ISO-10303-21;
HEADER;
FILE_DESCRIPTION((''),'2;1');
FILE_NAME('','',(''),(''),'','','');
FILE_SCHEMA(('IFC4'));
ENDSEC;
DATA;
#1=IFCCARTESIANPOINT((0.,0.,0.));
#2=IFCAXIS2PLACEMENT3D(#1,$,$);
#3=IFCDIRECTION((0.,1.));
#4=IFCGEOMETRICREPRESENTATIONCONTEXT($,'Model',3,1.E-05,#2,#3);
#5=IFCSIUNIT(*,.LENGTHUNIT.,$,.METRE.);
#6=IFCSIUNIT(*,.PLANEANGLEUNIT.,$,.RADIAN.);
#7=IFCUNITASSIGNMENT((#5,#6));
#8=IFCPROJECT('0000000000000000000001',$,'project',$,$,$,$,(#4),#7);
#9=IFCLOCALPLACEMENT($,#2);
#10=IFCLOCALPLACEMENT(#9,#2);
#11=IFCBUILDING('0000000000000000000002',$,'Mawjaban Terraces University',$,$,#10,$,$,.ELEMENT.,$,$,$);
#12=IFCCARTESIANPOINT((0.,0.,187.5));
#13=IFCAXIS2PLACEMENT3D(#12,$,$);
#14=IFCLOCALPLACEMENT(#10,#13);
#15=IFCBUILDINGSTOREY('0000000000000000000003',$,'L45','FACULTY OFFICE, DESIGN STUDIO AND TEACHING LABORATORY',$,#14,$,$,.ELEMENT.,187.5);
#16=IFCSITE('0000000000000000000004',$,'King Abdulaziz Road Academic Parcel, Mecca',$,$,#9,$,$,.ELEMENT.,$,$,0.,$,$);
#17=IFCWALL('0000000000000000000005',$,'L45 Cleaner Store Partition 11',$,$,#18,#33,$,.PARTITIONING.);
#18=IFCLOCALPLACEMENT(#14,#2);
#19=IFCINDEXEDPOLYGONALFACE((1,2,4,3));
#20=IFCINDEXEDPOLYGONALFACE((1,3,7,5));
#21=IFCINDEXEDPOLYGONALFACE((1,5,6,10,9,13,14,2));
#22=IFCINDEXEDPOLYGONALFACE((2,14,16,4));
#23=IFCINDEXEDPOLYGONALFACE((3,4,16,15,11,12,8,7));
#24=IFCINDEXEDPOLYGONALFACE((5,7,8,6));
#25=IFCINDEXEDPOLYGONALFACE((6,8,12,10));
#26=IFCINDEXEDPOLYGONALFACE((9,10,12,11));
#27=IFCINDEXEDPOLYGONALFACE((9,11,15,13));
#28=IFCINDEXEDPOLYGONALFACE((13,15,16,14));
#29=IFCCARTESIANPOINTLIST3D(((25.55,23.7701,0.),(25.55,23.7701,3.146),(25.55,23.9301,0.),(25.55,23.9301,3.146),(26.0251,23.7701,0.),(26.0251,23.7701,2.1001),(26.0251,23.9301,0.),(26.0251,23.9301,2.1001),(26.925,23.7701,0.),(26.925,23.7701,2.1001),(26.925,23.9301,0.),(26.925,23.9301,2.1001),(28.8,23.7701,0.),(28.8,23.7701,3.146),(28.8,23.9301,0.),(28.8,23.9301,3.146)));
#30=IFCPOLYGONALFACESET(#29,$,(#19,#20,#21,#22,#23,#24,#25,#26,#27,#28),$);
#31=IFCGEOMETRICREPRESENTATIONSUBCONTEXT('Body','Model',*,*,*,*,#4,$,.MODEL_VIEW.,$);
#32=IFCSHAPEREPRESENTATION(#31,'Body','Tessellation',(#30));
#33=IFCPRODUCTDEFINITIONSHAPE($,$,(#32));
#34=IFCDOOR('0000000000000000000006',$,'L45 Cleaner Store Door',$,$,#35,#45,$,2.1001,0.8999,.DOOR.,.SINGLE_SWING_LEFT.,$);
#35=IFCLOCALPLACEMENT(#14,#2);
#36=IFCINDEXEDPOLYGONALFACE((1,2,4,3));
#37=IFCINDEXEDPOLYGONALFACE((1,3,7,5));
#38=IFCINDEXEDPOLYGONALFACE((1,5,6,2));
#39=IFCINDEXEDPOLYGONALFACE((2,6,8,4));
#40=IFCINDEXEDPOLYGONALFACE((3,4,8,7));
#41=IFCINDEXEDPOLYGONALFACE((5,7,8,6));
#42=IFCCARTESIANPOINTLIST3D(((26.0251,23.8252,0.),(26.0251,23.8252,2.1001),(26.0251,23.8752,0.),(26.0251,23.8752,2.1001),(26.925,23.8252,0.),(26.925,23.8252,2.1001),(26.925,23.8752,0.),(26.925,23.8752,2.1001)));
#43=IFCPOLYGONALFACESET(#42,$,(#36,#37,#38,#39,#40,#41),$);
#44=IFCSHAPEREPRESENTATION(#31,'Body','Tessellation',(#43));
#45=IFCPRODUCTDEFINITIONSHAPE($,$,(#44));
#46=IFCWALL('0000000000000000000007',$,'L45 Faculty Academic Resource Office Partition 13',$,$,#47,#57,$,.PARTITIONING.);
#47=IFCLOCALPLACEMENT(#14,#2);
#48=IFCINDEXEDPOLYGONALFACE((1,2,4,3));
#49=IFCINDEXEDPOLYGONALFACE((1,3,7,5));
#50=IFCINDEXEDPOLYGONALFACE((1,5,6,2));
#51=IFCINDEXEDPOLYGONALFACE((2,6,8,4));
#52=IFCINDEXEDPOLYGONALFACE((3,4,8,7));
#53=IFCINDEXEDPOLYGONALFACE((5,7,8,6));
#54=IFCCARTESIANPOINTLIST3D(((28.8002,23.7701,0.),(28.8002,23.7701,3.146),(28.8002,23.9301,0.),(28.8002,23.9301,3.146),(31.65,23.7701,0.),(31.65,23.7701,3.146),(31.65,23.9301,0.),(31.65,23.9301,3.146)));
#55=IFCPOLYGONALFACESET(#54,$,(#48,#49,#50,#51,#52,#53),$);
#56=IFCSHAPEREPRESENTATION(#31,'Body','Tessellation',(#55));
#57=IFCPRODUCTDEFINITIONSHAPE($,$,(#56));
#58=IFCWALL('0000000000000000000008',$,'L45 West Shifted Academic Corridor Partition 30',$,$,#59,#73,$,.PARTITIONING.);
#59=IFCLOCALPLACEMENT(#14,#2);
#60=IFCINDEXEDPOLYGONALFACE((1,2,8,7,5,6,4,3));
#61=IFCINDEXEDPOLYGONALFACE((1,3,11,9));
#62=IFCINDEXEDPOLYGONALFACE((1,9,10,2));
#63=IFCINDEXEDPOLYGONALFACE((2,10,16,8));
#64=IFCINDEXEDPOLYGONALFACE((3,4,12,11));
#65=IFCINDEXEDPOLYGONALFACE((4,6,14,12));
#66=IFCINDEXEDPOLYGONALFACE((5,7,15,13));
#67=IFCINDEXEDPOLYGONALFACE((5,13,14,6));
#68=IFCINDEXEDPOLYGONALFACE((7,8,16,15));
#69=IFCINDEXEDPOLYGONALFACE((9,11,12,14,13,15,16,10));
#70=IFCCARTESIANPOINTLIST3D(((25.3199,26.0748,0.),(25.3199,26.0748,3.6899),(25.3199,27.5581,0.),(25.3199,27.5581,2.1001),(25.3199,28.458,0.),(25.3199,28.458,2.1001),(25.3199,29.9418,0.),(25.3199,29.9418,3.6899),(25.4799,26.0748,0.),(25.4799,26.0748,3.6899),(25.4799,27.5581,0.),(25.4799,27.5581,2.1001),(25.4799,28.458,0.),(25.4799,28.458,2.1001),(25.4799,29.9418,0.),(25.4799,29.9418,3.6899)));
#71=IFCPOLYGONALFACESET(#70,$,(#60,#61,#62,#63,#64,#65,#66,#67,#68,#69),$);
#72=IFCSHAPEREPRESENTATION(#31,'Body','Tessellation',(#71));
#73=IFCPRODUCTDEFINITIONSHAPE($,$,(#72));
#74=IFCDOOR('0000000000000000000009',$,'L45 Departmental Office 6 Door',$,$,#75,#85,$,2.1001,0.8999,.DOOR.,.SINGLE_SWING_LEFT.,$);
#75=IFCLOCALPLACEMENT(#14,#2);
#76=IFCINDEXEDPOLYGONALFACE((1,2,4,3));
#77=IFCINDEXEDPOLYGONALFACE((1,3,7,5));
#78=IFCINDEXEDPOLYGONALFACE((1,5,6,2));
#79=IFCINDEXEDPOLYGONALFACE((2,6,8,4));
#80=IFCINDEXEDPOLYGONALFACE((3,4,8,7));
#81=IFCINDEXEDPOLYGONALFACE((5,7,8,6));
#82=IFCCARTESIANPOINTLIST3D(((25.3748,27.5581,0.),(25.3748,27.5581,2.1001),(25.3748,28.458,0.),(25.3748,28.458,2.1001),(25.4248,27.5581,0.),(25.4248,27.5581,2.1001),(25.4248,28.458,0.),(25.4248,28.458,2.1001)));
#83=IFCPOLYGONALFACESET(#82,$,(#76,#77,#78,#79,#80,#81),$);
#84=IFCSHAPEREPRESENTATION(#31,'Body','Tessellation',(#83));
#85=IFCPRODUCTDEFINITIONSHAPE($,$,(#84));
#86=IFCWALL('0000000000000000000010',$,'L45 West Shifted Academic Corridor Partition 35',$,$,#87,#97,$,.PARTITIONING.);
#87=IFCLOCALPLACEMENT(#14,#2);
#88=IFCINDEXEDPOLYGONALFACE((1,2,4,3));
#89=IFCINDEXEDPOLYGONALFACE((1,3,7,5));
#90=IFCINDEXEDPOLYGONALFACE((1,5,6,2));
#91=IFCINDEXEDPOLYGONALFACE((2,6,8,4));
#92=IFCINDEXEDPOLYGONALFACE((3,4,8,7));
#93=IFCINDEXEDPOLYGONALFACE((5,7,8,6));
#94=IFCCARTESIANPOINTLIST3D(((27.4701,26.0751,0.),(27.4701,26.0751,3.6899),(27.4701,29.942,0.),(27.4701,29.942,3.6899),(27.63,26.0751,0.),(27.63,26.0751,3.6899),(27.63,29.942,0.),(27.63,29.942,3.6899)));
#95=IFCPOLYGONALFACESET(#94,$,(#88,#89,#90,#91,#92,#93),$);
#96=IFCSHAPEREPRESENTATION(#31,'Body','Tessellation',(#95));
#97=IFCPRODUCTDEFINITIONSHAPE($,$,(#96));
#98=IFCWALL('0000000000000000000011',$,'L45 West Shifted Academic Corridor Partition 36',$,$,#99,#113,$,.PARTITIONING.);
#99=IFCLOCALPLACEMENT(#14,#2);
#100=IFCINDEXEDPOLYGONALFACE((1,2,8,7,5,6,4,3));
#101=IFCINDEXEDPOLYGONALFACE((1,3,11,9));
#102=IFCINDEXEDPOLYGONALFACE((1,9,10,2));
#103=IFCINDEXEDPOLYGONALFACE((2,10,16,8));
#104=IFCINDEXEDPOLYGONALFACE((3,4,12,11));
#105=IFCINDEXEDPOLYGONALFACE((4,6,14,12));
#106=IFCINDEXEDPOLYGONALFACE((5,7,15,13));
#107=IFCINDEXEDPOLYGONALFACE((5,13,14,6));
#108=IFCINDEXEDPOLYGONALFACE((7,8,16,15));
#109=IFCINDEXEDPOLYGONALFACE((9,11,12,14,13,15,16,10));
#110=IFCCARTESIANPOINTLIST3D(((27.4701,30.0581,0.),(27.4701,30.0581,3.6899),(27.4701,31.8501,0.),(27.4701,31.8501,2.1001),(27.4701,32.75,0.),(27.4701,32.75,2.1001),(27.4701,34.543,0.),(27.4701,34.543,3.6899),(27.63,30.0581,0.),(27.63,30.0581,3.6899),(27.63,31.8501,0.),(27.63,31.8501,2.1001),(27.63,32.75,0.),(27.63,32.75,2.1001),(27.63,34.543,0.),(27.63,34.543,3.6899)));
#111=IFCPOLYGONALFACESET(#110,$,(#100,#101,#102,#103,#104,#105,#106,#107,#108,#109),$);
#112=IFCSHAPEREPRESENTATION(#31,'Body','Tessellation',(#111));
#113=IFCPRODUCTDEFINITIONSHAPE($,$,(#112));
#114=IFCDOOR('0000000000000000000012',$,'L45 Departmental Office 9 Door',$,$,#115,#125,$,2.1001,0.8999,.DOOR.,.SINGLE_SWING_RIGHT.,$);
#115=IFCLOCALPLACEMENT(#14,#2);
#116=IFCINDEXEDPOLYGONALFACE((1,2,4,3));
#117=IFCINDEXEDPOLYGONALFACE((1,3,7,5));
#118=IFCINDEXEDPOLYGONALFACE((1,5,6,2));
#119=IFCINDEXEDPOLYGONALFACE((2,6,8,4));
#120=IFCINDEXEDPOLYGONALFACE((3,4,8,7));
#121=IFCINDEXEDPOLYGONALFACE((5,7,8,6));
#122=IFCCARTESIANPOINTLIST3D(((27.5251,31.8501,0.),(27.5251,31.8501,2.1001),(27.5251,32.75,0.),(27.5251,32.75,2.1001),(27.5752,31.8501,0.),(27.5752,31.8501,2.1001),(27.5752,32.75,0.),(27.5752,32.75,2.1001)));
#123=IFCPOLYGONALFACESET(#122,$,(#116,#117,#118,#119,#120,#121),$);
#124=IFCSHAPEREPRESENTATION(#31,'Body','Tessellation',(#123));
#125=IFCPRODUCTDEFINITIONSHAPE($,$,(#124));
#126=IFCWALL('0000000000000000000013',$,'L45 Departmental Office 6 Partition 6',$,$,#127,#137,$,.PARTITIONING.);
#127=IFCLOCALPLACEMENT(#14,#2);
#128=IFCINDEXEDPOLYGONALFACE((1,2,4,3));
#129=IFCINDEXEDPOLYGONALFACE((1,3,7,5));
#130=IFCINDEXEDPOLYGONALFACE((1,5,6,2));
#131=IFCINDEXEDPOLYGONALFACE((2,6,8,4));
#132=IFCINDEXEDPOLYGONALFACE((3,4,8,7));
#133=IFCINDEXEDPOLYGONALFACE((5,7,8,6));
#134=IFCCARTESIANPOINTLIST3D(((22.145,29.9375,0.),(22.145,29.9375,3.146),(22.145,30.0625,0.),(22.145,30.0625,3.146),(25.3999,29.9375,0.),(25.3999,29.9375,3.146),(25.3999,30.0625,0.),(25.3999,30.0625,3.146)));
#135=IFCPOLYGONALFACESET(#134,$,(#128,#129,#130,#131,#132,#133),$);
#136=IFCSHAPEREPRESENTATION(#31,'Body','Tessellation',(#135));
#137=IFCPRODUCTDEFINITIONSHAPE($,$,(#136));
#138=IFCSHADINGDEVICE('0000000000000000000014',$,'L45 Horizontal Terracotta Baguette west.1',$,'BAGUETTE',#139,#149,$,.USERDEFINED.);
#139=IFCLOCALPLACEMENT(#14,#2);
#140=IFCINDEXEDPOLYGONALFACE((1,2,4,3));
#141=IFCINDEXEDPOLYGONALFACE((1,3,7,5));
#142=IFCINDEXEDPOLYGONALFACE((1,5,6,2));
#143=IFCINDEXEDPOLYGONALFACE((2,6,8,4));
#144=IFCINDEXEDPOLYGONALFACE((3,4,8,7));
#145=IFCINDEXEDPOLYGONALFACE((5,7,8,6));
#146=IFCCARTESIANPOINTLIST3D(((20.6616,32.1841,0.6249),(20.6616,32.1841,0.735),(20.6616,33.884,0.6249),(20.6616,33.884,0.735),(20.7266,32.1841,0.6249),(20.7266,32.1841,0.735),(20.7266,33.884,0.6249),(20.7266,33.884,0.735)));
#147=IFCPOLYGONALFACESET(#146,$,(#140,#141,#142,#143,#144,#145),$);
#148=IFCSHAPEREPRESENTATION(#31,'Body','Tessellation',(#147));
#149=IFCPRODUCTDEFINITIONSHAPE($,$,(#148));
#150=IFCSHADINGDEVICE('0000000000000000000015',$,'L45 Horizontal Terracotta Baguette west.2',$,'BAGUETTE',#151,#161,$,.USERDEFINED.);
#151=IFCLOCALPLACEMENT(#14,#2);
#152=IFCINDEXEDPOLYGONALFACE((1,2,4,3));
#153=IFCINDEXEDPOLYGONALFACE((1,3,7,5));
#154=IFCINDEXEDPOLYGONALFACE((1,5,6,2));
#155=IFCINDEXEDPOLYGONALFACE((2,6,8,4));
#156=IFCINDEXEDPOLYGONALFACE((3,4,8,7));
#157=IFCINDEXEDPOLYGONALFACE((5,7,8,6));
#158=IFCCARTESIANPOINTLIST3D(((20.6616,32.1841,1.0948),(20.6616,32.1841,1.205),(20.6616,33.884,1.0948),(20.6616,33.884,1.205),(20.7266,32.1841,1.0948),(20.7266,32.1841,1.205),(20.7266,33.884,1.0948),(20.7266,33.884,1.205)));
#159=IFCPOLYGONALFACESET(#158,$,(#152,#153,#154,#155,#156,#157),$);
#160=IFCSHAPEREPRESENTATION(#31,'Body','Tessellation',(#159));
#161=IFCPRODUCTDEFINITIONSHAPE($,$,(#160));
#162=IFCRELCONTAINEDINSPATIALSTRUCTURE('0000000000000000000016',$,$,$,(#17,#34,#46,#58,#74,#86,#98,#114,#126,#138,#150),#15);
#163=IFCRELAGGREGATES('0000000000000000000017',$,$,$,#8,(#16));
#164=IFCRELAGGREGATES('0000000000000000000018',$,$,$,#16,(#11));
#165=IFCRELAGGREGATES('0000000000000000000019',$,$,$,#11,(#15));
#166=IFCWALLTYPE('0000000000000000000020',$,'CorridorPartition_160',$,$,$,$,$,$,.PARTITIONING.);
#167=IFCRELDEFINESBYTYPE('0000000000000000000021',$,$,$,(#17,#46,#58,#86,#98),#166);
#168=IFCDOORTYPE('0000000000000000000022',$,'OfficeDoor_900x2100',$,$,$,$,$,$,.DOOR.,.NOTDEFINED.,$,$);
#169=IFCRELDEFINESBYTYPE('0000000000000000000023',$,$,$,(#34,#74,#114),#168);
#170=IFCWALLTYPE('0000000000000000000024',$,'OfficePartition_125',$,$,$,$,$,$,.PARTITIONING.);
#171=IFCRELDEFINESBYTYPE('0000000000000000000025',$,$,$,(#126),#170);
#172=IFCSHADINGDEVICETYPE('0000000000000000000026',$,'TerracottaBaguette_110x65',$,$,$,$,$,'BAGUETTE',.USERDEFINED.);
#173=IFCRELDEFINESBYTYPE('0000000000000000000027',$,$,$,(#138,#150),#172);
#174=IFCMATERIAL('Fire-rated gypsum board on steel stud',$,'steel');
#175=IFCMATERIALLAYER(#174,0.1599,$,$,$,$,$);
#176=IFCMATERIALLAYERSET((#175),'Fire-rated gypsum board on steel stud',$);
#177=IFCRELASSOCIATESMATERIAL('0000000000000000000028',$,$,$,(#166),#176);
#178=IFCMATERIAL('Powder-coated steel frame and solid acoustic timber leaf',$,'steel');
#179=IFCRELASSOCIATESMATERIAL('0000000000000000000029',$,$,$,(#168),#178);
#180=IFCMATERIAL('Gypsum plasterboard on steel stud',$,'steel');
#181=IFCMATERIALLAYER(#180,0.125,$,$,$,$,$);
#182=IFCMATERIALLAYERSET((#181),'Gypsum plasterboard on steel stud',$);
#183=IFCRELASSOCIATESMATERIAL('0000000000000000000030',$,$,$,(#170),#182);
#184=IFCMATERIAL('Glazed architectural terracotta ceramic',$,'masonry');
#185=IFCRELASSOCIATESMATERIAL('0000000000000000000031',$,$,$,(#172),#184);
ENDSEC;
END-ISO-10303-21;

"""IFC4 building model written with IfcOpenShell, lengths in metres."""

from ifc_helpers import new_model, si_unit, direction, frame, frame_2d, origin, origin_2d, place, context, subcontext, project, spatial, rectangle, extrude, material, layer, layer_set, material_profile, profile_set, type_object, element, fill, save


model = new_model("IFC4")

# Units and contexts
model_context = context("Model", 3, precision=1e-05, world=origin(), true_north=direction((0.0, 1.0)))
body_context = subcontext(model_context, "Body", "Model", "MODEL_VIEW")
ifc_project = project(units=[si_unit("LENGTHUNIT", "METRE"), si_unit("PLANEANGLEUNIT", "RADIAN")], contexts=[model_context])

# Site, building, storey
site_placement = place(None, origin())
site = spatial("IfcSite", under=ifc_project, at=site_placement, Name="King Abdulaziz Road Academic Parcel, Mecca", CompositionType="ELEMENT", RefElevation=0.0)
building_placement = place(site_placement, origin())
building = spatial("IfcBuilding", under=site, at=building_placement, Name="Mawjaban Terraces University", CompositionType="ELEMENT")
storey_placement = place(building_placement, frame((0.0, 0.0, 187.5)))
storey = spatial("IfcBuildingStorey", under=building, at=storey_placement, Name="L45", Description="FACULTY OFFICE, DESIGN STUDIO AND TEACHING LABORATORY", CompositionType="ELEMENT", Elevation=187.5)

# Shared definitions
ifc_material_1 = material(Name="Fire-rated gypsum board on steel stud", Category="steel")
ifc_layer_1 = layer(ifc_material_1, 0.1599)
ifc_layer_set_1 = layer_set([ifc_layer_1], Name="Fire-rated gypsum board on steel stud")
wall_type_1 = type_object("IfcWallType", Name="CorridorPartition_160", PredefinedType="PARTITIONING", material=ifc_layer_set_1)

# Wall, opening, door
ifc_material_2 = material(Name="Powder-coated steel frame and solid acoustic timber leaf", Category="steel")
wall_1_placement = place(storey_placement, frame((28.8, 23.8501, 0.0), z_axis=(0.0, 0.0, 1.0), x_axis=(-1.0, 0.0, 0.0)))
wall_1 = element("IfcWall", 1, at=wall_1_placement, inside=storey, type_object=wall_type_1, Name="L45 Cleaner Store Partition 11", PredefinedType="PARTITIONING", context=body_context, shape_type="SweptSolid", body=[
    extrude(rectangle(XDim=3.25, YDim=0.1599, at=frame_2d((1.625, 0.0))), origin(), (0.0, 0.0, 1.0), 3.146),
])
opening_1_placement = place(wall_1_placement, frame((1.875, 0.0, 0.0)))
opening_1 = element("IfcOpeningElement", 2, at=opening_1_placement, cuts=wall_1, PredefinedType="OPENING", context=body_context, shape_type="SweptSolid", body=[
    extrude(rectangle(XDim=0.8999, YDim=2.1001, at=frame_2d((0.45, 1.05))), frame((0.0, 0.0898, 0.0), z_axis=(0.0, -1.0, 0.0), x_axis=(1.0, 0.0, 0.0)), (0.0, 0.0, 1.0), 0.1799),
])
door_type_1 = type_object("IfcDoorType", Name="OfficeDoor_900x2100", OperationType="NOTDEFINED", PredefinedType="DOOR", material=ifc_material_2)
door_1_placement = place(opening_1_placement, origin())
door_1 = element("IfcDoor", 3, at=door_1_placement, inside=storey, type_object=door_type_1, Name="L45 Cleaner Store Door", OperationType="SINGLE_SWING_LEFT", OverallHeight=2.1001, OverallWidth=0.8999, PredefinedType="DOOR", context=body_context, shape_type="SweptSolid", body=[
    extrude(rectangle(XDim=0.8999, YDim=2.1001, at=frame_2d((0.45, 1.05))), frame((0.0, 0.0249, 0.0), z_axis=(0.0, -1.0, 0.0), x_axis=(1.0, 0.0, 0.0)), (0.0, 0.0, 1.0), 0.05),
])
fill(opening_1, door_1)

# Wall
wall_2_placement = place(storey_placement, frame((31.6499, 23.8501, 0.0), z_axis=(0.0, 0.0, 1.0), x_axis=(-1.0, 0.0, 0.0)))
element("IfcWall", 4, at=wall_2_placement, inside=storey, type_object=wall_type_1, Name="L45 Faculty Academic Resource Office Partition 13", PredefinedType="PARTITIONING", context=body_context, shape_type="SweptSolid", body=[
    extrude(rectangle(XDim=2.8499, YDim=0.1599, at=frame_2d((1.4248, 0.0))), origin(), (0.0, 0.0, 1.0), 3.146),
])

# Wall, opening, door
wall_3_placement = place(storey_placement, frame((25.3999, 29.9419, 0.0), z_axis=(0.0, 0.0, 1.0), x_axis=(0.0, -1.0, 0.0)))
wall_3 = element("IfcWall", 5, at=wall_3_placement, inside=storey, type_object=wall_type_1, Name="L45 West Shifted Academic Corridor Partition 30", PredefinedType="PARTITIONING", context=body_context, shape_type="SweptSolid", body=[
    extrude(rectangle(XDim=3.8669, YDim=0.1599, at=frame_2d((1.9336, 0.0))), origin(), (0.0, 0.0, 1.0), 3.6899),
])
opening_2_placement = place(wall_3_placement, frame((1.4839, 0.0, 0.0)))
opening_2 = element("IfcOpeningElement", 6, at=opening_2_placement, cuts=wall_3, PredefinedType="OPENING", context=body_context, shape_type="SweptSolid", body=[
    extrude(rectangle(XDim=0.8999, YDim=2.1001, at=frame_2d((0.45, 1.05))), frame((0.0, 0.0898, 0.0), z_axis=(0.0, -1.0, 0.0), x_axis=(1.0, 0.0, 0.0)), (0.0, 0.0, 1.0), 0.1799),
])
door_2_placement = place(opening_2_placement, origin())
door_2 = element("IfcDoor", 7, at=door_2_placement, inside=storey, type_object=door_type_1, Name="L45 Departmental Office 6 Door", OperationType="SINGLE_SWING_LEFT", OverallHeight=2.1001, OverallWidth=0.8999, PredefinedType="DOOR", context=body_context, shape_type="SweptSolid", body=[
    extrude(rectangle(XDim=0.8999, YDim=2.1001, at=frame_2d((0.45, 1.05))), frame((0.0, 0.0249, 0.0), z_axis=(0.0, -1.0, 0.0), x_axis=(1.0, 0.0, 0.0)), (0.0, 0.0, 1.0), 0.05),
])
fill(opening_2, door_2)

# Wall
wall_4_placement = place(storey_placement, frame((27.55, 26.075, 0.0), z_axis=(0.0, 0.0, 1.0), x_axis=(0.0, 1.0, 0.0)))
element("IfcWall", 8, at=wall_4_placement, inside=storey, type_object=wall_type_1, Name="L45 West Shifted Academic Corridor Partition 35", PredefinedType="PARTITIONING", context=body_context, shape_type="SweptSolid", body=[
    extrude(rectangle(XDim=3.8669, YDim=0.1599, at=frame_2d((1.9336, 0.0))), origin(), (0.0, 0.0, 1.0), 3.6899),
])

# Wall, opening, door
wall_5_placement = place(storey_placement, frame((27.55, 30.0581, 0.0), z_axis=(0.0, 0.0, 1.0), x_axis=(0.0, 1.0, 0.0)))
wall_5 = element("IfcWall", 9, at=wall_5_placement, inside=storey, type_object=wall_type_1, Name="L45 West Shifted Academic Corridor Partition 36", PredefinedType="PARTITIONING", context=body_context, shape_type="SweptSolid", body=[
    extrude(rectangle(XDim=4.4849, YDim=0.1599, at=frame_2d((2.2424, 0.0))), origin(), (0.0, 0.0, 1.0), 3.6899),
])
opening_3_placement = place(wall_5_placement, frame((1.792, 0.0, 0.0)))
opening_3 = element("IfcOpeningElement", 10, at=opening_3_placement, cuts=wall_5, PredefinedType="OPENING", context=body_context, shape_type="SweptSolid", body=[
    extrude(rectangle(XDim=0.8999, YDim=2.1001, at=frame_2d((0.45, 1.05))), frame((0.0, 0.0898, 0.0), z_axis=(0.0, -1.0, 0.0), x_axis=(1.0, 0.0, 0.0)), (0.0, 0.0, 1.0), 0.1799),
])
door_3_placement = place(opening_3_placement, origin())
door_3 = element("IfcDoor", 11, at=door_3_placement, inside=storey, type_object=door_type_1, Name="L45 Departmental Office 9 Door", OperationType="SINGLE_SWING_RIGHT", OverallHeight=2.1001, OverallWidth=0.8999, PredefinedType="DOOR", context=body_context, shape_type="SweptSolid", body=[
    extrude(rectangle(XDim=0.8999, YDim=2.1001, at=frame_2d((0.45, 1.05))), frame((0.0, 0.0249, 0.0), z_axis=(0.0, -1.0, 0.0), x_axis=(1.0, 0.0, 0.0)), (0.0, 0.0, 1.0), 0.05),
])
fill(opening_3, door_3)

# Wall
ifc_material_3 = material(Name="Gypsum plasterboard on steel stud", Category="steel")
ifc_layer_2 = layer(ifc_material_3, 0.125)
ifc_layer_set_2 = layer_set([ifc_layer_2], Name="Gypsum plasterboard on steel stud")
wall_type_2 = type_object("IfcWallType", Name="OfficePartition_125", PredefinedType="PARTITIONING", material=ifc_layer_set_2)
wall_6_placement = place(storey_placement, frame((25.3999, 30.0, 0.0), z_axis=(0.0, 0.0, 1.0), x_axis=(-1.0, 0.0, 0.0)))
element("IfcWall", 12, at=wall_6_placement, inside=storey, type_object=wall_type_2, Name="L45 Departmental Office 6 Partition 6", PredefinedType="PARTITIONING", context=body_context, shape_type="SweptSolid", body=[
    extrude(rectangle(XDim=3.2549, YDim=0.125, at=frame_2d((1.6274, 0.0))), origin(), (0.0, 0.0, 1.0), 3.146),
])

# Shading devices
ifc_material_4 = material(Name="Glazed architectural terracotta ceramic", Category="masonry")
ifc_material_profile_1 = material_profile(ifc_material_4, rectangle(XDim=0.0649, YDim=0.1101, at=origin_2d()), Name="TBAG110X65")
ifc_profile_set_1 = profile_set([ifc_material_profile_1], Name="Glazed architectural terracotta ceramic")
shading_device_type = type_object("IfcShadingDeviceType", Name="TerracottaBaguette_110x65", ElementType="BAGUETTE", PredefinedType="USERDEFINED", material=ifc_profile_set_1)
for number, where, z_axis, x_axis, name in (
    (13, (20.6941, 32.1841, 0.6799), (0.0, 1.0, 0.0), (-1.0, 0.0, 0.0), "L45 Horizontal Terracotta Baguette west.1"),
    (14, (20.6941, 32.1841, 1.1499), (0.0, 1.0, 0.0), (-1.0, 0.0, 0.0), "L45 Horizontal Terracotta Baguette west.2"),
):
    element("IfcShadingDevice", number, at=place(storey_placement, frame(where, z_axis=z_axis, x_axis=x_axis)), inside=storey, type_object=shading_device_type, Name=name, ObjectType="BAGUETTE", PredefinedType="USERDEFINED", context=body_context, shape_type="SweptSolid", body=[
        extrude(rectangle(XDim=0.0649, YDim=0.1101, at=origin_2d()), origin(), (0.0, 0.0, 1.0), 1.7),
    ])

save(model, "model.ifc")
